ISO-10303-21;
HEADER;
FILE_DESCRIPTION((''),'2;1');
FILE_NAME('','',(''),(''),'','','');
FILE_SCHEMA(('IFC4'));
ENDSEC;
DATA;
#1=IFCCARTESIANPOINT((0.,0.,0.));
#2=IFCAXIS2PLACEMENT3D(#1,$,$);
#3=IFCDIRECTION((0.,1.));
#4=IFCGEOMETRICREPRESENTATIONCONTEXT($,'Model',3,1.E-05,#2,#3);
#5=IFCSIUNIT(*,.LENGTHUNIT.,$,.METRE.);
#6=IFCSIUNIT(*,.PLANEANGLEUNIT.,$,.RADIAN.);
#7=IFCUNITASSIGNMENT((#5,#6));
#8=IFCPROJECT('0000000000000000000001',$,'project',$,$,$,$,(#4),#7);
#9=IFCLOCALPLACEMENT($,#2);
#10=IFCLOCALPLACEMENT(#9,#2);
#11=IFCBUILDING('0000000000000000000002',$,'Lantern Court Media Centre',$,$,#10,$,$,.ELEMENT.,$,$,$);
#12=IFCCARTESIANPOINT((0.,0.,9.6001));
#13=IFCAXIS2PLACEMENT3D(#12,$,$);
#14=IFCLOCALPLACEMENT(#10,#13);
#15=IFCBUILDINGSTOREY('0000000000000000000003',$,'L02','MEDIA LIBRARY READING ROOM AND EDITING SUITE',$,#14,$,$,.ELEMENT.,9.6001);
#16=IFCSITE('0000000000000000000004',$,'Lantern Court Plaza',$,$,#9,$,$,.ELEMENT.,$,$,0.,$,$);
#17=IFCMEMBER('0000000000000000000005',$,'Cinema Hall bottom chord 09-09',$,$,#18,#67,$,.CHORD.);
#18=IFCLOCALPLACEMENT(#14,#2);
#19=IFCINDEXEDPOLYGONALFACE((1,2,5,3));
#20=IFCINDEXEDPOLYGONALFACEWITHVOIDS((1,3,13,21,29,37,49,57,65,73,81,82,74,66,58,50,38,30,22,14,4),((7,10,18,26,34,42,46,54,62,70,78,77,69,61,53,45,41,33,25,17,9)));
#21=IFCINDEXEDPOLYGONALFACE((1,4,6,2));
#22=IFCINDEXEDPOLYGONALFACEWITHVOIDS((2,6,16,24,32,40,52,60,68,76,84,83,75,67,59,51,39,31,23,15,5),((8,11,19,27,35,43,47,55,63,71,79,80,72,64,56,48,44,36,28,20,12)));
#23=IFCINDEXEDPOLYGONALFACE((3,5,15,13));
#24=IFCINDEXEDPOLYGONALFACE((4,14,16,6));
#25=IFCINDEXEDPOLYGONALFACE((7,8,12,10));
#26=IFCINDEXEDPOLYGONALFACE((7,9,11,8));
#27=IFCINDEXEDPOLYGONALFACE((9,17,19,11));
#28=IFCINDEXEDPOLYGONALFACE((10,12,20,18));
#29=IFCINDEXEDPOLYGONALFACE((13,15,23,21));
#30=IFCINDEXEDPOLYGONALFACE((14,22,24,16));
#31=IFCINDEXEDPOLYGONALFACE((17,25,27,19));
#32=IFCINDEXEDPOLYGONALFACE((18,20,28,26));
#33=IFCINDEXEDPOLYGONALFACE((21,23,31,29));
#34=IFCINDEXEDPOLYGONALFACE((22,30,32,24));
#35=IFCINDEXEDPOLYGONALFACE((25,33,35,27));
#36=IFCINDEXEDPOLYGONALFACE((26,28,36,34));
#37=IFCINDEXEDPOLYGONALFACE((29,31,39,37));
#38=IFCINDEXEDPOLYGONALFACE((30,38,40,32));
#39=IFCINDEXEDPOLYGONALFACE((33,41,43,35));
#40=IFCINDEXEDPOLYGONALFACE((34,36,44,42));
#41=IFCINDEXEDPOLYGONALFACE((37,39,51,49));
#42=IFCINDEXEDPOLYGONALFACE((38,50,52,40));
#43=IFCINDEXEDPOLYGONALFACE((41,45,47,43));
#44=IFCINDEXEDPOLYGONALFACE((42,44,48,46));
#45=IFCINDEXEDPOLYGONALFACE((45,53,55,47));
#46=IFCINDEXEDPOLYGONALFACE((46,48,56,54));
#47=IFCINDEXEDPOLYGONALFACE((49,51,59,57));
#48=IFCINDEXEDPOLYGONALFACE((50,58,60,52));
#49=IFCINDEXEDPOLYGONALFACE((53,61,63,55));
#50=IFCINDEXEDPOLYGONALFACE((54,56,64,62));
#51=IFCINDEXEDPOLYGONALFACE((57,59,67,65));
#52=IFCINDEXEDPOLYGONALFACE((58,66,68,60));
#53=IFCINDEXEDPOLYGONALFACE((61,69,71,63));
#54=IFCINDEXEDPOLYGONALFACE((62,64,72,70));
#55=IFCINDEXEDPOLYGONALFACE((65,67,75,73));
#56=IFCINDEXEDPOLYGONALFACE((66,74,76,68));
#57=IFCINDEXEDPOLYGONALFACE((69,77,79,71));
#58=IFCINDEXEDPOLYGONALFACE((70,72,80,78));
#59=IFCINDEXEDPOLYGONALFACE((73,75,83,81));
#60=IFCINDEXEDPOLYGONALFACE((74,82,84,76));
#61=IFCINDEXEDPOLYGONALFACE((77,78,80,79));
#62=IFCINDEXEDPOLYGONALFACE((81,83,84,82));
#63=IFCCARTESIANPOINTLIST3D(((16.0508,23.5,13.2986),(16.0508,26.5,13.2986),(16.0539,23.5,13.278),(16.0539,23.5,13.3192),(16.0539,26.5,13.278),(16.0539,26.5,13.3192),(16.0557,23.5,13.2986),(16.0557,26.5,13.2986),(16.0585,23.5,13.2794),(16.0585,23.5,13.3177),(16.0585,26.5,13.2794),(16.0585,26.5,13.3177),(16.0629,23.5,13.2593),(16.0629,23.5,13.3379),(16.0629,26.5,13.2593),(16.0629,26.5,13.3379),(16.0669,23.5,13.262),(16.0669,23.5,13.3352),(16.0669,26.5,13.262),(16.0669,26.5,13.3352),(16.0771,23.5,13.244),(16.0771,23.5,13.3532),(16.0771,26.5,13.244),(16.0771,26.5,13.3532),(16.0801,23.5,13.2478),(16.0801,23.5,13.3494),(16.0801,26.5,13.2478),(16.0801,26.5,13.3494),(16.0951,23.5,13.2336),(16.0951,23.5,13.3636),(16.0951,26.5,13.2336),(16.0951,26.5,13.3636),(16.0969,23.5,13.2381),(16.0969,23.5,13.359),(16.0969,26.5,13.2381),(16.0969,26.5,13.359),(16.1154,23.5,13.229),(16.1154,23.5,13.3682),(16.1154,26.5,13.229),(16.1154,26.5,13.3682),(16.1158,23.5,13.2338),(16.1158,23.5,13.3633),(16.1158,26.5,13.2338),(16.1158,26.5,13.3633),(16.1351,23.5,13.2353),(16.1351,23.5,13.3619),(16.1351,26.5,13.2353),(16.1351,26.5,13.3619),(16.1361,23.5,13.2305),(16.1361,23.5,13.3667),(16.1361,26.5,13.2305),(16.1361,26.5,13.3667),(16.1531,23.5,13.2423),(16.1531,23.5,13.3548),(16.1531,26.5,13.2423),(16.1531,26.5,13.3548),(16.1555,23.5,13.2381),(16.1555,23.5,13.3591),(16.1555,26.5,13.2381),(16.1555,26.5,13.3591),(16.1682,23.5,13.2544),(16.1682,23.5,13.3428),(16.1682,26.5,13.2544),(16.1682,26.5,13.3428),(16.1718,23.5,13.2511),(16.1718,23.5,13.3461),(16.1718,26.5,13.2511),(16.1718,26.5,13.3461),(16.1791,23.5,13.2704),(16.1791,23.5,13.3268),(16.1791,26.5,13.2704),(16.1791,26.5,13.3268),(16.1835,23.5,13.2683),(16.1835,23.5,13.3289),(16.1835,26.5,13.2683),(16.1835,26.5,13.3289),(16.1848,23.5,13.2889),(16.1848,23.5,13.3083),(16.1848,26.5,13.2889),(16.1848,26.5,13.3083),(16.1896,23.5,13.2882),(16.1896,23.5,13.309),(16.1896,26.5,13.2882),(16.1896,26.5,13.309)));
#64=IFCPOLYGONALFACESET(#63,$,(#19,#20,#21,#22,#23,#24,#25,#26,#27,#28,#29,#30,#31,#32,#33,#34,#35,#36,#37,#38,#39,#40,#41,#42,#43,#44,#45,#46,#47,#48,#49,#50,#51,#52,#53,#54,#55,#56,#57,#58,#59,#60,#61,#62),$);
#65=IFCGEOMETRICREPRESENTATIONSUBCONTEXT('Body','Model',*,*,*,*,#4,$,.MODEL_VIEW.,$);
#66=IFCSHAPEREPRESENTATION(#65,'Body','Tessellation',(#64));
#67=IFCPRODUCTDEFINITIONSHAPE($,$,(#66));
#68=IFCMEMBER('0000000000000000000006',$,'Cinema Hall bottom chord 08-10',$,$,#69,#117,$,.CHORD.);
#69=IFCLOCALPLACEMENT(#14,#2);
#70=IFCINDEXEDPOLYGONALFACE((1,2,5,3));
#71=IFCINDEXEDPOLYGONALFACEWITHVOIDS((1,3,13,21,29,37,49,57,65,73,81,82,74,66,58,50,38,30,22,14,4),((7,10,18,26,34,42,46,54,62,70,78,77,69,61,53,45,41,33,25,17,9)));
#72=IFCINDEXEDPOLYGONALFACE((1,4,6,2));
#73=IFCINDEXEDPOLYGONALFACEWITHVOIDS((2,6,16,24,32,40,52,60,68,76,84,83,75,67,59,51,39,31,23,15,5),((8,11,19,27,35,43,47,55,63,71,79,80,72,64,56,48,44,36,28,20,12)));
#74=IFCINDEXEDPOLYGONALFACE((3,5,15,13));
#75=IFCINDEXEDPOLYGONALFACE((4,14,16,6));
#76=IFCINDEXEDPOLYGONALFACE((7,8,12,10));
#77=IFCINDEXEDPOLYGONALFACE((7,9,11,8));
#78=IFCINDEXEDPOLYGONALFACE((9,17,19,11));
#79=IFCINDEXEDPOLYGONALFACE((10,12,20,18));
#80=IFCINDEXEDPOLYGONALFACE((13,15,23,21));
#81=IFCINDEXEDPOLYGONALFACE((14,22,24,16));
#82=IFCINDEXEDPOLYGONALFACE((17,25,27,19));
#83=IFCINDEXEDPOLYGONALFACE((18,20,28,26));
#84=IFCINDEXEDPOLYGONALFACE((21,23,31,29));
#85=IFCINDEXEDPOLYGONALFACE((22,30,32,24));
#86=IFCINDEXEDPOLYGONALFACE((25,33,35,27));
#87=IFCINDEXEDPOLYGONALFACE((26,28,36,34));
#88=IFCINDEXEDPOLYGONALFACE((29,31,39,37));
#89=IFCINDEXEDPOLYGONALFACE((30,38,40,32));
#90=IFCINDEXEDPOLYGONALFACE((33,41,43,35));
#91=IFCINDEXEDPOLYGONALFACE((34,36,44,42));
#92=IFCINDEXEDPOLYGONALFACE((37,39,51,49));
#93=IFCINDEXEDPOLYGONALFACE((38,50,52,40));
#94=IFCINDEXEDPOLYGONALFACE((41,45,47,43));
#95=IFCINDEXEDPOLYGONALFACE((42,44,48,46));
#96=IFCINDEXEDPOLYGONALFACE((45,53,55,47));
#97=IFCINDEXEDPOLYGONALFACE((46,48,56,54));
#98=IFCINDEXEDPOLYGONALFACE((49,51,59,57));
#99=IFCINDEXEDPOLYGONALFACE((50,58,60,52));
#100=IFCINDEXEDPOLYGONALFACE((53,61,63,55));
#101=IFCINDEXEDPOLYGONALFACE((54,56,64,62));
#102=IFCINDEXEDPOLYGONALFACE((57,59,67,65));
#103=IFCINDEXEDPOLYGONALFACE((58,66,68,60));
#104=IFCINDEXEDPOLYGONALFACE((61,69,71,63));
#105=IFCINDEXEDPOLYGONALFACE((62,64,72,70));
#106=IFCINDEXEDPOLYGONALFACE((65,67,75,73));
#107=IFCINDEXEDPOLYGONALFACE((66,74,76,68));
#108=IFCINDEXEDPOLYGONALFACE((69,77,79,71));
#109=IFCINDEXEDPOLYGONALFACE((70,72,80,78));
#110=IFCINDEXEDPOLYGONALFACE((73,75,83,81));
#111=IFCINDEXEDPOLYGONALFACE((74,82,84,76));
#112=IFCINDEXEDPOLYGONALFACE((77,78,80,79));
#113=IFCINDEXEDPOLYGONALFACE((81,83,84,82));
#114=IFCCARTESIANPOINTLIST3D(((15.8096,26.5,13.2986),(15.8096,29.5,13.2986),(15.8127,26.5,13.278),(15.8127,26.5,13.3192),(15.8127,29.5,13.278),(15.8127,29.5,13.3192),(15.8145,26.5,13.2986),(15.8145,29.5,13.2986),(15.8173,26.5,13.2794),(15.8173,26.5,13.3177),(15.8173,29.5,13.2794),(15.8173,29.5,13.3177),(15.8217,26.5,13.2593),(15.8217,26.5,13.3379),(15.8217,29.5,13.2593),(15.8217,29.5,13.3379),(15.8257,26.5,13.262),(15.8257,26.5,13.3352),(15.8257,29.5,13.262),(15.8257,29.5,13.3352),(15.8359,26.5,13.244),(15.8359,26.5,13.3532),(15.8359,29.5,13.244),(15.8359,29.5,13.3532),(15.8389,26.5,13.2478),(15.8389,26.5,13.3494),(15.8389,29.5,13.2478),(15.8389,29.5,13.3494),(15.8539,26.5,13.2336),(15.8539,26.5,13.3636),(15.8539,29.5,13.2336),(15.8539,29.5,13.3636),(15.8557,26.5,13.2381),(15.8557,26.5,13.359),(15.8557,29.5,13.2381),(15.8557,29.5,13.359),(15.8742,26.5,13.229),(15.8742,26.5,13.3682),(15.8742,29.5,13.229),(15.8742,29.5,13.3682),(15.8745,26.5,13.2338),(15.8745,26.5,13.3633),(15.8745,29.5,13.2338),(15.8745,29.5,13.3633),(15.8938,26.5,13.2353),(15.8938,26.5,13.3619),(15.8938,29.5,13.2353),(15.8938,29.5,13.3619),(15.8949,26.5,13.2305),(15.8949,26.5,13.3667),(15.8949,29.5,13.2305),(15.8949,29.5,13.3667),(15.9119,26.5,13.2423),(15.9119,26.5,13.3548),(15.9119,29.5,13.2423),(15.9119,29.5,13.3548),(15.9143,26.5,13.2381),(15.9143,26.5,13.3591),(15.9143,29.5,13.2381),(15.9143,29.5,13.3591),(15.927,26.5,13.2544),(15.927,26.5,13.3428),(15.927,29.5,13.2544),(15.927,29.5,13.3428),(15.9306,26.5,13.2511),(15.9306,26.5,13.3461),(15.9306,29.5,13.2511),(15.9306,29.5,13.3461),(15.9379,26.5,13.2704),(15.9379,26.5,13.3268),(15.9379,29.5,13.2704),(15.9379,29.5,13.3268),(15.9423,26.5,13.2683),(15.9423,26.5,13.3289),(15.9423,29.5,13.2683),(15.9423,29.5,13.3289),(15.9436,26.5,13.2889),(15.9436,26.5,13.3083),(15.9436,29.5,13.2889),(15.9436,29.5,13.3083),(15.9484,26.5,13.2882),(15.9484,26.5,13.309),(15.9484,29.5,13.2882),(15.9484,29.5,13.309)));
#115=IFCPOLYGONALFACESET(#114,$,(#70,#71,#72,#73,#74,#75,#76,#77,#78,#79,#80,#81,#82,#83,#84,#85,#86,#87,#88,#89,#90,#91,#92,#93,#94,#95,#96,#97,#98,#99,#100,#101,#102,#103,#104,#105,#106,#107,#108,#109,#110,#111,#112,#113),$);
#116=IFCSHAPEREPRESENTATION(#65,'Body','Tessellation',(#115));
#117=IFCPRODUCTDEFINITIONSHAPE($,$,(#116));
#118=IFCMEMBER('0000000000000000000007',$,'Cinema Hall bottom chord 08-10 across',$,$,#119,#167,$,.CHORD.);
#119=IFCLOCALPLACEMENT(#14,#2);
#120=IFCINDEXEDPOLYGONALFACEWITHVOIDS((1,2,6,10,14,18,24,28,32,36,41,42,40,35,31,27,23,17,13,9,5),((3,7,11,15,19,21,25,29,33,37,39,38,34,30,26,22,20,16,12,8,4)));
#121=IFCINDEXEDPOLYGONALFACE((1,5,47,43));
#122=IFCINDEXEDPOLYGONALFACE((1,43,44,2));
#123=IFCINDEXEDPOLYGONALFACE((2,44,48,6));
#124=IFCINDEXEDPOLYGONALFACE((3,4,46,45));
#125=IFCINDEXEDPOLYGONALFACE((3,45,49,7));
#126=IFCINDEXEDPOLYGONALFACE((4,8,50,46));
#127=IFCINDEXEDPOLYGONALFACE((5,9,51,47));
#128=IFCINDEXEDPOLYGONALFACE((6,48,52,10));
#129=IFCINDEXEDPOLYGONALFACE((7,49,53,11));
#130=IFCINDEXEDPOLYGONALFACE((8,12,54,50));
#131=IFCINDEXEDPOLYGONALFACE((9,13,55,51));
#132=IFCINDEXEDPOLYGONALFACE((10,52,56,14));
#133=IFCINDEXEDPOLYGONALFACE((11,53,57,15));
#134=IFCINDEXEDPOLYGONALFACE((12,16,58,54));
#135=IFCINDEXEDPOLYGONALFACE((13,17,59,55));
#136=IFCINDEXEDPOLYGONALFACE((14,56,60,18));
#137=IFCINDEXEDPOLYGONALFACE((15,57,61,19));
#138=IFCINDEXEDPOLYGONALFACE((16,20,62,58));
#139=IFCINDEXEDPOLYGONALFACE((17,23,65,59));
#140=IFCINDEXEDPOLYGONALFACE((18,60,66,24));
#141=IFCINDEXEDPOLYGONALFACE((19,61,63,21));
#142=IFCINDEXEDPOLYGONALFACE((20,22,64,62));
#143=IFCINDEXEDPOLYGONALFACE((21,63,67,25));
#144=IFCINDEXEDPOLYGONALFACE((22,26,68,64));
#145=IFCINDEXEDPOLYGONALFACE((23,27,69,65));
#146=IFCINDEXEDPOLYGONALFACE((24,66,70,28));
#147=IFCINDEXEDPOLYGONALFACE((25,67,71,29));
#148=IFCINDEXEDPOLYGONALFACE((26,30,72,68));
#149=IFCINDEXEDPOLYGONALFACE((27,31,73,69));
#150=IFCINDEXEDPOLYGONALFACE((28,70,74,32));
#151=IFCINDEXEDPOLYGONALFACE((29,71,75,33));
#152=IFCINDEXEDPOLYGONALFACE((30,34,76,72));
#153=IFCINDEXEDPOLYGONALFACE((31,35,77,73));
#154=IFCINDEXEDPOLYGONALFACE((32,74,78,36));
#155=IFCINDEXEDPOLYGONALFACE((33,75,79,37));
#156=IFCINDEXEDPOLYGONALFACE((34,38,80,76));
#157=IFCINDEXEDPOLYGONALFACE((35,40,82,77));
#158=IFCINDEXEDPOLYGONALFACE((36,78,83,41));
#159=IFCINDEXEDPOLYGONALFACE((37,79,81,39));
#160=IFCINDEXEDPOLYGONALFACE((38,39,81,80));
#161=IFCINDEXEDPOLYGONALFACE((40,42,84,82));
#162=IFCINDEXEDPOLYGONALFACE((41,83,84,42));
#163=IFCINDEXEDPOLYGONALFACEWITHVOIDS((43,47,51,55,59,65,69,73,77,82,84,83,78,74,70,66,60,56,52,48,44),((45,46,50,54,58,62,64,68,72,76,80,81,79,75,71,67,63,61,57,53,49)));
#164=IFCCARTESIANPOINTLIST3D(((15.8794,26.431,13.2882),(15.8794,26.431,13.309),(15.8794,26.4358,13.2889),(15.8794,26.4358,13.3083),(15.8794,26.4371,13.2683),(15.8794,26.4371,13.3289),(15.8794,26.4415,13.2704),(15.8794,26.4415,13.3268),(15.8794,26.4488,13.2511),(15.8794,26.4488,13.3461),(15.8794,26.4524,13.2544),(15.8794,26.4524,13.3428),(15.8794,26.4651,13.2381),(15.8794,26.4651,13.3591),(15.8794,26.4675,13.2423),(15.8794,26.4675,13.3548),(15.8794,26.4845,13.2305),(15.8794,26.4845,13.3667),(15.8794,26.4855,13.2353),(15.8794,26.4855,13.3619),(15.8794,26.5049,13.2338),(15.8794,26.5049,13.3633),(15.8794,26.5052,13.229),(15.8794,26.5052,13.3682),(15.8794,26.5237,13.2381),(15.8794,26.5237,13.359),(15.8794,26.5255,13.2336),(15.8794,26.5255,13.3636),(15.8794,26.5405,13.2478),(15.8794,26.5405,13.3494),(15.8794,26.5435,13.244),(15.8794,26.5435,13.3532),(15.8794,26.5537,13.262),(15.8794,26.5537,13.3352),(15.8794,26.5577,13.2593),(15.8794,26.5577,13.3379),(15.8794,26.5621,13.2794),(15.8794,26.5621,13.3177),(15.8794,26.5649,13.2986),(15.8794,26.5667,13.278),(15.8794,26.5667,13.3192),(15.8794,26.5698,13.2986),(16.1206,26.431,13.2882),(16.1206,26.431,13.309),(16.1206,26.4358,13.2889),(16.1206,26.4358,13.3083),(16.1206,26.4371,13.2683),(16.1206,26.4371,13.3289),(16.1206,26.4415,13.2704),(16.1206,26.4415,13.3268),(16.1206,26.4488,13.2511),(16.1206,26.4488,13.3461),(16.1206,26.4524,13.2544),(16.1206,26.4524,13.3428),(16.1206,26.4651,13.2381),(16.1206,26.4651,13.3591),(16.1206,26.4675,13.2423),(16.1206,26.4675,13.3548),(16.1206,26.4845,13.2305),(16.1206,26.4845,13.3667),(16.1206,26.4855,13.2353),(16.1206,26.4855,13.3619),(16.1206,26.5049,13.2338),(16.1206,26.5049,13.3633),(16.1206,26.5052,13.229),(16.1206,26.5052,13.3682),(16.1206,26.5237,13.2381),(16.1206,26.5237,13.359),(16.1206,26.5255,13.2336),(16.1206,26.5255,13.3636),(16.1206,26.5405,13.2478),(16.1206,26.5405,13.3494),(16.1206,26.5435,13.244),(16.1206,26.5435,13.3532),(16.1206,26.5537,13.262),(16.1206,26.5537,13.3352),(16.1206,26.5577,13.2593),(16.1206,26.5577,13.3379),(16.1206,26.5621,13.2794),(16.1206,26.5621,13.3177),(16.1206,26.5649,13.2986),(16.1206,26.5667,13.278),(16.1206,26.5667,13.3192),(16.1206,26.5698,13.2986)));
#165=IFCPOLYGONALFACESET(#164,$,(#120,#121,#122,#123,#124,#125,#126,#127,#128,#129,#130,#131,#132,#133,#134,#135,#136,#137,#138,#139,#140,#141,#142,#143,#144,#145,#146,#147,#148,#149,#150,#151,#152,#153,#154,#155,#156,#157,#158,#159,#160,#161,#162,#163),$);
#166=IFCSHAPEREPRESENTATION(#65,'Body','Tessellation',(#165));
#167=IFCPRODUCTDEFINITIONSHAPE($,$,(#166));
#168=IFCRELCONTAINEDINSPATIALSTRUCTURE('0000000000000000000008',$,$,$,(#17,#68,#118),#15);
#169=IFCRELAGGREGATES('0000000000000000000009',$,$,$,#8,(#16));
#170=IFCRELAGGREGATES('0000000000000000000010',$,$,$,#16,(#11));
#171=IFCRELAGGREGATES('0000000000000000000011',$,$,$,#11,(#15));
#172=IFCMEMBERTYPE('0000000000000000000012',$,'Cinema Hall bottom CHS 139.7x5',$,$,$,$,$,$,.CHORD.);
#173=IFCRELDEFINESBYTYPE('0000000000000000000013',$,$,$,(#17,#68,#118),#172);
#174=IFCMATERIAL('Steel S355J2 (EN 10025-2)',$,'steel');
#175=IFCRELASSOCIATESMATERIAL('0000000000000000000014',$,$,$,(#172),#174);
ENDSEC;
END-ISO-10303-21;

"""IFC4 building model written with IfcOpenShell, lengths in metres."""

from ifc_helpers import new_model, si_unit, direction, frame, origin, origin_2d, place, context, subcontext, project, spatial, hollow_circle, extrude, material, material_profile, profile_set, type_object, element, save


model = new_model("IFC4")

# Units and contexts
model_context = context("Model", 3, precision=1e-05, world=origin(), true_north=direction((0.0, 1.0)))
body_context = subcontext(model_context, "Body", "Model", "MODEL_VIEW")
ifc_project = project(units=[si_unit("LENGTHUNIT", "METRE"), si_unit("PLANEANGLEUNIT", "RADIAN")], contexts=[model_context])

# Site, building, storey
site_placement = place(None, origin())
site = spatial("IfcSite", under=ifc_project, at=site_placement, Name="Lantern Court Plaza", CompositionType="ELEMENT", RefElevation=0.0)
building_placement = place(site_placement, origin())
building = spatial("IfcBuilding", under=site, at=building_placement, Name="Lantern Court Media Centre", CompositionType="ELEMENT")
storey_placement = place(building_placement, frame((0.0, 0.0, 9.6001)))
storey = spatial("IfcBuildingStorey", under=building, at=storey_placement, Name="L02", Description="MEDIA LIBRARY READING ROOM AND EDITING SUITE", CompositionType="ELEMENT", Elevation=9.6001)

# Members
ifc_material = material(Name="Steel S355J2 (EN 10025-2)", Category="steel")
ifc_material_profile_1 = material_profile(ifc_material, hollow_circle(Radius=0.0698, WallThickness=0.0049, at=origin_2d()), Name="Cinema Hall bottom CHS 139.7x5")
ifc_profile_set_1 = profile_set([ifc_material_profile_1], Name="Steel S355J2 (EN 10025-2)")
member_type_1 = type_object("IfcMemberType", Name="Cinema Hall bottom CHS 139.7x5", PredefinedType="CHORD", material=ifc_profile_set_1)
for number, where, z_axis, x_axis, name in (
    (1, (16.1206, 23.5, 13.2986), (0.0, 1.0, 0.0), (-1.0, 0.0, 0.0), "Cinema Hall bottom chord 09-09"),
    (2, (15.8794, 26.5, 13.2986), (0.0, 1.0, 0.0), (-1.0, 0.0, 0.0), "Cinema Hall bottom chord 08-10"),
):
    element("IfcMember", number, at=place(storey_placement, frame(where, z_axis=z_axis, x_axis=x_axis)), inside=storey, type_object=member_type_1, Name=name, PredefinedType="CHORD", context=body_context, shape_type="SweptSolid", body=[
        extrude(hollow_circle(Radius=0.0698, WallThickness=0.0049, at=origin_2d()), origin(), (0.0, 0.0, 1.0), 3.0),
    ])
member_1_placement = place(storey_placement, frame((15.8794, 26.5, 13.2986), z_axis=(1.0, 0.0, 0.0), x_axis=(0.0, 1.0, 0.0)))
element("IfcMember", 3, at=member_1_placement, inside=storey, type_object=member_type_1, Name="Cinema Hall bottom chord 08-10 across", PredefinedType="CHORD", context=body_context, shape_type="SweptSolid", body=[
    extrude(hollow_circle(Radius=0.0698, WallThickness=0.0049, at=origin_2d()), origin(), (0.0, 0.0, 1.0), 0.2412),
])

save(model, "model.ifc")
